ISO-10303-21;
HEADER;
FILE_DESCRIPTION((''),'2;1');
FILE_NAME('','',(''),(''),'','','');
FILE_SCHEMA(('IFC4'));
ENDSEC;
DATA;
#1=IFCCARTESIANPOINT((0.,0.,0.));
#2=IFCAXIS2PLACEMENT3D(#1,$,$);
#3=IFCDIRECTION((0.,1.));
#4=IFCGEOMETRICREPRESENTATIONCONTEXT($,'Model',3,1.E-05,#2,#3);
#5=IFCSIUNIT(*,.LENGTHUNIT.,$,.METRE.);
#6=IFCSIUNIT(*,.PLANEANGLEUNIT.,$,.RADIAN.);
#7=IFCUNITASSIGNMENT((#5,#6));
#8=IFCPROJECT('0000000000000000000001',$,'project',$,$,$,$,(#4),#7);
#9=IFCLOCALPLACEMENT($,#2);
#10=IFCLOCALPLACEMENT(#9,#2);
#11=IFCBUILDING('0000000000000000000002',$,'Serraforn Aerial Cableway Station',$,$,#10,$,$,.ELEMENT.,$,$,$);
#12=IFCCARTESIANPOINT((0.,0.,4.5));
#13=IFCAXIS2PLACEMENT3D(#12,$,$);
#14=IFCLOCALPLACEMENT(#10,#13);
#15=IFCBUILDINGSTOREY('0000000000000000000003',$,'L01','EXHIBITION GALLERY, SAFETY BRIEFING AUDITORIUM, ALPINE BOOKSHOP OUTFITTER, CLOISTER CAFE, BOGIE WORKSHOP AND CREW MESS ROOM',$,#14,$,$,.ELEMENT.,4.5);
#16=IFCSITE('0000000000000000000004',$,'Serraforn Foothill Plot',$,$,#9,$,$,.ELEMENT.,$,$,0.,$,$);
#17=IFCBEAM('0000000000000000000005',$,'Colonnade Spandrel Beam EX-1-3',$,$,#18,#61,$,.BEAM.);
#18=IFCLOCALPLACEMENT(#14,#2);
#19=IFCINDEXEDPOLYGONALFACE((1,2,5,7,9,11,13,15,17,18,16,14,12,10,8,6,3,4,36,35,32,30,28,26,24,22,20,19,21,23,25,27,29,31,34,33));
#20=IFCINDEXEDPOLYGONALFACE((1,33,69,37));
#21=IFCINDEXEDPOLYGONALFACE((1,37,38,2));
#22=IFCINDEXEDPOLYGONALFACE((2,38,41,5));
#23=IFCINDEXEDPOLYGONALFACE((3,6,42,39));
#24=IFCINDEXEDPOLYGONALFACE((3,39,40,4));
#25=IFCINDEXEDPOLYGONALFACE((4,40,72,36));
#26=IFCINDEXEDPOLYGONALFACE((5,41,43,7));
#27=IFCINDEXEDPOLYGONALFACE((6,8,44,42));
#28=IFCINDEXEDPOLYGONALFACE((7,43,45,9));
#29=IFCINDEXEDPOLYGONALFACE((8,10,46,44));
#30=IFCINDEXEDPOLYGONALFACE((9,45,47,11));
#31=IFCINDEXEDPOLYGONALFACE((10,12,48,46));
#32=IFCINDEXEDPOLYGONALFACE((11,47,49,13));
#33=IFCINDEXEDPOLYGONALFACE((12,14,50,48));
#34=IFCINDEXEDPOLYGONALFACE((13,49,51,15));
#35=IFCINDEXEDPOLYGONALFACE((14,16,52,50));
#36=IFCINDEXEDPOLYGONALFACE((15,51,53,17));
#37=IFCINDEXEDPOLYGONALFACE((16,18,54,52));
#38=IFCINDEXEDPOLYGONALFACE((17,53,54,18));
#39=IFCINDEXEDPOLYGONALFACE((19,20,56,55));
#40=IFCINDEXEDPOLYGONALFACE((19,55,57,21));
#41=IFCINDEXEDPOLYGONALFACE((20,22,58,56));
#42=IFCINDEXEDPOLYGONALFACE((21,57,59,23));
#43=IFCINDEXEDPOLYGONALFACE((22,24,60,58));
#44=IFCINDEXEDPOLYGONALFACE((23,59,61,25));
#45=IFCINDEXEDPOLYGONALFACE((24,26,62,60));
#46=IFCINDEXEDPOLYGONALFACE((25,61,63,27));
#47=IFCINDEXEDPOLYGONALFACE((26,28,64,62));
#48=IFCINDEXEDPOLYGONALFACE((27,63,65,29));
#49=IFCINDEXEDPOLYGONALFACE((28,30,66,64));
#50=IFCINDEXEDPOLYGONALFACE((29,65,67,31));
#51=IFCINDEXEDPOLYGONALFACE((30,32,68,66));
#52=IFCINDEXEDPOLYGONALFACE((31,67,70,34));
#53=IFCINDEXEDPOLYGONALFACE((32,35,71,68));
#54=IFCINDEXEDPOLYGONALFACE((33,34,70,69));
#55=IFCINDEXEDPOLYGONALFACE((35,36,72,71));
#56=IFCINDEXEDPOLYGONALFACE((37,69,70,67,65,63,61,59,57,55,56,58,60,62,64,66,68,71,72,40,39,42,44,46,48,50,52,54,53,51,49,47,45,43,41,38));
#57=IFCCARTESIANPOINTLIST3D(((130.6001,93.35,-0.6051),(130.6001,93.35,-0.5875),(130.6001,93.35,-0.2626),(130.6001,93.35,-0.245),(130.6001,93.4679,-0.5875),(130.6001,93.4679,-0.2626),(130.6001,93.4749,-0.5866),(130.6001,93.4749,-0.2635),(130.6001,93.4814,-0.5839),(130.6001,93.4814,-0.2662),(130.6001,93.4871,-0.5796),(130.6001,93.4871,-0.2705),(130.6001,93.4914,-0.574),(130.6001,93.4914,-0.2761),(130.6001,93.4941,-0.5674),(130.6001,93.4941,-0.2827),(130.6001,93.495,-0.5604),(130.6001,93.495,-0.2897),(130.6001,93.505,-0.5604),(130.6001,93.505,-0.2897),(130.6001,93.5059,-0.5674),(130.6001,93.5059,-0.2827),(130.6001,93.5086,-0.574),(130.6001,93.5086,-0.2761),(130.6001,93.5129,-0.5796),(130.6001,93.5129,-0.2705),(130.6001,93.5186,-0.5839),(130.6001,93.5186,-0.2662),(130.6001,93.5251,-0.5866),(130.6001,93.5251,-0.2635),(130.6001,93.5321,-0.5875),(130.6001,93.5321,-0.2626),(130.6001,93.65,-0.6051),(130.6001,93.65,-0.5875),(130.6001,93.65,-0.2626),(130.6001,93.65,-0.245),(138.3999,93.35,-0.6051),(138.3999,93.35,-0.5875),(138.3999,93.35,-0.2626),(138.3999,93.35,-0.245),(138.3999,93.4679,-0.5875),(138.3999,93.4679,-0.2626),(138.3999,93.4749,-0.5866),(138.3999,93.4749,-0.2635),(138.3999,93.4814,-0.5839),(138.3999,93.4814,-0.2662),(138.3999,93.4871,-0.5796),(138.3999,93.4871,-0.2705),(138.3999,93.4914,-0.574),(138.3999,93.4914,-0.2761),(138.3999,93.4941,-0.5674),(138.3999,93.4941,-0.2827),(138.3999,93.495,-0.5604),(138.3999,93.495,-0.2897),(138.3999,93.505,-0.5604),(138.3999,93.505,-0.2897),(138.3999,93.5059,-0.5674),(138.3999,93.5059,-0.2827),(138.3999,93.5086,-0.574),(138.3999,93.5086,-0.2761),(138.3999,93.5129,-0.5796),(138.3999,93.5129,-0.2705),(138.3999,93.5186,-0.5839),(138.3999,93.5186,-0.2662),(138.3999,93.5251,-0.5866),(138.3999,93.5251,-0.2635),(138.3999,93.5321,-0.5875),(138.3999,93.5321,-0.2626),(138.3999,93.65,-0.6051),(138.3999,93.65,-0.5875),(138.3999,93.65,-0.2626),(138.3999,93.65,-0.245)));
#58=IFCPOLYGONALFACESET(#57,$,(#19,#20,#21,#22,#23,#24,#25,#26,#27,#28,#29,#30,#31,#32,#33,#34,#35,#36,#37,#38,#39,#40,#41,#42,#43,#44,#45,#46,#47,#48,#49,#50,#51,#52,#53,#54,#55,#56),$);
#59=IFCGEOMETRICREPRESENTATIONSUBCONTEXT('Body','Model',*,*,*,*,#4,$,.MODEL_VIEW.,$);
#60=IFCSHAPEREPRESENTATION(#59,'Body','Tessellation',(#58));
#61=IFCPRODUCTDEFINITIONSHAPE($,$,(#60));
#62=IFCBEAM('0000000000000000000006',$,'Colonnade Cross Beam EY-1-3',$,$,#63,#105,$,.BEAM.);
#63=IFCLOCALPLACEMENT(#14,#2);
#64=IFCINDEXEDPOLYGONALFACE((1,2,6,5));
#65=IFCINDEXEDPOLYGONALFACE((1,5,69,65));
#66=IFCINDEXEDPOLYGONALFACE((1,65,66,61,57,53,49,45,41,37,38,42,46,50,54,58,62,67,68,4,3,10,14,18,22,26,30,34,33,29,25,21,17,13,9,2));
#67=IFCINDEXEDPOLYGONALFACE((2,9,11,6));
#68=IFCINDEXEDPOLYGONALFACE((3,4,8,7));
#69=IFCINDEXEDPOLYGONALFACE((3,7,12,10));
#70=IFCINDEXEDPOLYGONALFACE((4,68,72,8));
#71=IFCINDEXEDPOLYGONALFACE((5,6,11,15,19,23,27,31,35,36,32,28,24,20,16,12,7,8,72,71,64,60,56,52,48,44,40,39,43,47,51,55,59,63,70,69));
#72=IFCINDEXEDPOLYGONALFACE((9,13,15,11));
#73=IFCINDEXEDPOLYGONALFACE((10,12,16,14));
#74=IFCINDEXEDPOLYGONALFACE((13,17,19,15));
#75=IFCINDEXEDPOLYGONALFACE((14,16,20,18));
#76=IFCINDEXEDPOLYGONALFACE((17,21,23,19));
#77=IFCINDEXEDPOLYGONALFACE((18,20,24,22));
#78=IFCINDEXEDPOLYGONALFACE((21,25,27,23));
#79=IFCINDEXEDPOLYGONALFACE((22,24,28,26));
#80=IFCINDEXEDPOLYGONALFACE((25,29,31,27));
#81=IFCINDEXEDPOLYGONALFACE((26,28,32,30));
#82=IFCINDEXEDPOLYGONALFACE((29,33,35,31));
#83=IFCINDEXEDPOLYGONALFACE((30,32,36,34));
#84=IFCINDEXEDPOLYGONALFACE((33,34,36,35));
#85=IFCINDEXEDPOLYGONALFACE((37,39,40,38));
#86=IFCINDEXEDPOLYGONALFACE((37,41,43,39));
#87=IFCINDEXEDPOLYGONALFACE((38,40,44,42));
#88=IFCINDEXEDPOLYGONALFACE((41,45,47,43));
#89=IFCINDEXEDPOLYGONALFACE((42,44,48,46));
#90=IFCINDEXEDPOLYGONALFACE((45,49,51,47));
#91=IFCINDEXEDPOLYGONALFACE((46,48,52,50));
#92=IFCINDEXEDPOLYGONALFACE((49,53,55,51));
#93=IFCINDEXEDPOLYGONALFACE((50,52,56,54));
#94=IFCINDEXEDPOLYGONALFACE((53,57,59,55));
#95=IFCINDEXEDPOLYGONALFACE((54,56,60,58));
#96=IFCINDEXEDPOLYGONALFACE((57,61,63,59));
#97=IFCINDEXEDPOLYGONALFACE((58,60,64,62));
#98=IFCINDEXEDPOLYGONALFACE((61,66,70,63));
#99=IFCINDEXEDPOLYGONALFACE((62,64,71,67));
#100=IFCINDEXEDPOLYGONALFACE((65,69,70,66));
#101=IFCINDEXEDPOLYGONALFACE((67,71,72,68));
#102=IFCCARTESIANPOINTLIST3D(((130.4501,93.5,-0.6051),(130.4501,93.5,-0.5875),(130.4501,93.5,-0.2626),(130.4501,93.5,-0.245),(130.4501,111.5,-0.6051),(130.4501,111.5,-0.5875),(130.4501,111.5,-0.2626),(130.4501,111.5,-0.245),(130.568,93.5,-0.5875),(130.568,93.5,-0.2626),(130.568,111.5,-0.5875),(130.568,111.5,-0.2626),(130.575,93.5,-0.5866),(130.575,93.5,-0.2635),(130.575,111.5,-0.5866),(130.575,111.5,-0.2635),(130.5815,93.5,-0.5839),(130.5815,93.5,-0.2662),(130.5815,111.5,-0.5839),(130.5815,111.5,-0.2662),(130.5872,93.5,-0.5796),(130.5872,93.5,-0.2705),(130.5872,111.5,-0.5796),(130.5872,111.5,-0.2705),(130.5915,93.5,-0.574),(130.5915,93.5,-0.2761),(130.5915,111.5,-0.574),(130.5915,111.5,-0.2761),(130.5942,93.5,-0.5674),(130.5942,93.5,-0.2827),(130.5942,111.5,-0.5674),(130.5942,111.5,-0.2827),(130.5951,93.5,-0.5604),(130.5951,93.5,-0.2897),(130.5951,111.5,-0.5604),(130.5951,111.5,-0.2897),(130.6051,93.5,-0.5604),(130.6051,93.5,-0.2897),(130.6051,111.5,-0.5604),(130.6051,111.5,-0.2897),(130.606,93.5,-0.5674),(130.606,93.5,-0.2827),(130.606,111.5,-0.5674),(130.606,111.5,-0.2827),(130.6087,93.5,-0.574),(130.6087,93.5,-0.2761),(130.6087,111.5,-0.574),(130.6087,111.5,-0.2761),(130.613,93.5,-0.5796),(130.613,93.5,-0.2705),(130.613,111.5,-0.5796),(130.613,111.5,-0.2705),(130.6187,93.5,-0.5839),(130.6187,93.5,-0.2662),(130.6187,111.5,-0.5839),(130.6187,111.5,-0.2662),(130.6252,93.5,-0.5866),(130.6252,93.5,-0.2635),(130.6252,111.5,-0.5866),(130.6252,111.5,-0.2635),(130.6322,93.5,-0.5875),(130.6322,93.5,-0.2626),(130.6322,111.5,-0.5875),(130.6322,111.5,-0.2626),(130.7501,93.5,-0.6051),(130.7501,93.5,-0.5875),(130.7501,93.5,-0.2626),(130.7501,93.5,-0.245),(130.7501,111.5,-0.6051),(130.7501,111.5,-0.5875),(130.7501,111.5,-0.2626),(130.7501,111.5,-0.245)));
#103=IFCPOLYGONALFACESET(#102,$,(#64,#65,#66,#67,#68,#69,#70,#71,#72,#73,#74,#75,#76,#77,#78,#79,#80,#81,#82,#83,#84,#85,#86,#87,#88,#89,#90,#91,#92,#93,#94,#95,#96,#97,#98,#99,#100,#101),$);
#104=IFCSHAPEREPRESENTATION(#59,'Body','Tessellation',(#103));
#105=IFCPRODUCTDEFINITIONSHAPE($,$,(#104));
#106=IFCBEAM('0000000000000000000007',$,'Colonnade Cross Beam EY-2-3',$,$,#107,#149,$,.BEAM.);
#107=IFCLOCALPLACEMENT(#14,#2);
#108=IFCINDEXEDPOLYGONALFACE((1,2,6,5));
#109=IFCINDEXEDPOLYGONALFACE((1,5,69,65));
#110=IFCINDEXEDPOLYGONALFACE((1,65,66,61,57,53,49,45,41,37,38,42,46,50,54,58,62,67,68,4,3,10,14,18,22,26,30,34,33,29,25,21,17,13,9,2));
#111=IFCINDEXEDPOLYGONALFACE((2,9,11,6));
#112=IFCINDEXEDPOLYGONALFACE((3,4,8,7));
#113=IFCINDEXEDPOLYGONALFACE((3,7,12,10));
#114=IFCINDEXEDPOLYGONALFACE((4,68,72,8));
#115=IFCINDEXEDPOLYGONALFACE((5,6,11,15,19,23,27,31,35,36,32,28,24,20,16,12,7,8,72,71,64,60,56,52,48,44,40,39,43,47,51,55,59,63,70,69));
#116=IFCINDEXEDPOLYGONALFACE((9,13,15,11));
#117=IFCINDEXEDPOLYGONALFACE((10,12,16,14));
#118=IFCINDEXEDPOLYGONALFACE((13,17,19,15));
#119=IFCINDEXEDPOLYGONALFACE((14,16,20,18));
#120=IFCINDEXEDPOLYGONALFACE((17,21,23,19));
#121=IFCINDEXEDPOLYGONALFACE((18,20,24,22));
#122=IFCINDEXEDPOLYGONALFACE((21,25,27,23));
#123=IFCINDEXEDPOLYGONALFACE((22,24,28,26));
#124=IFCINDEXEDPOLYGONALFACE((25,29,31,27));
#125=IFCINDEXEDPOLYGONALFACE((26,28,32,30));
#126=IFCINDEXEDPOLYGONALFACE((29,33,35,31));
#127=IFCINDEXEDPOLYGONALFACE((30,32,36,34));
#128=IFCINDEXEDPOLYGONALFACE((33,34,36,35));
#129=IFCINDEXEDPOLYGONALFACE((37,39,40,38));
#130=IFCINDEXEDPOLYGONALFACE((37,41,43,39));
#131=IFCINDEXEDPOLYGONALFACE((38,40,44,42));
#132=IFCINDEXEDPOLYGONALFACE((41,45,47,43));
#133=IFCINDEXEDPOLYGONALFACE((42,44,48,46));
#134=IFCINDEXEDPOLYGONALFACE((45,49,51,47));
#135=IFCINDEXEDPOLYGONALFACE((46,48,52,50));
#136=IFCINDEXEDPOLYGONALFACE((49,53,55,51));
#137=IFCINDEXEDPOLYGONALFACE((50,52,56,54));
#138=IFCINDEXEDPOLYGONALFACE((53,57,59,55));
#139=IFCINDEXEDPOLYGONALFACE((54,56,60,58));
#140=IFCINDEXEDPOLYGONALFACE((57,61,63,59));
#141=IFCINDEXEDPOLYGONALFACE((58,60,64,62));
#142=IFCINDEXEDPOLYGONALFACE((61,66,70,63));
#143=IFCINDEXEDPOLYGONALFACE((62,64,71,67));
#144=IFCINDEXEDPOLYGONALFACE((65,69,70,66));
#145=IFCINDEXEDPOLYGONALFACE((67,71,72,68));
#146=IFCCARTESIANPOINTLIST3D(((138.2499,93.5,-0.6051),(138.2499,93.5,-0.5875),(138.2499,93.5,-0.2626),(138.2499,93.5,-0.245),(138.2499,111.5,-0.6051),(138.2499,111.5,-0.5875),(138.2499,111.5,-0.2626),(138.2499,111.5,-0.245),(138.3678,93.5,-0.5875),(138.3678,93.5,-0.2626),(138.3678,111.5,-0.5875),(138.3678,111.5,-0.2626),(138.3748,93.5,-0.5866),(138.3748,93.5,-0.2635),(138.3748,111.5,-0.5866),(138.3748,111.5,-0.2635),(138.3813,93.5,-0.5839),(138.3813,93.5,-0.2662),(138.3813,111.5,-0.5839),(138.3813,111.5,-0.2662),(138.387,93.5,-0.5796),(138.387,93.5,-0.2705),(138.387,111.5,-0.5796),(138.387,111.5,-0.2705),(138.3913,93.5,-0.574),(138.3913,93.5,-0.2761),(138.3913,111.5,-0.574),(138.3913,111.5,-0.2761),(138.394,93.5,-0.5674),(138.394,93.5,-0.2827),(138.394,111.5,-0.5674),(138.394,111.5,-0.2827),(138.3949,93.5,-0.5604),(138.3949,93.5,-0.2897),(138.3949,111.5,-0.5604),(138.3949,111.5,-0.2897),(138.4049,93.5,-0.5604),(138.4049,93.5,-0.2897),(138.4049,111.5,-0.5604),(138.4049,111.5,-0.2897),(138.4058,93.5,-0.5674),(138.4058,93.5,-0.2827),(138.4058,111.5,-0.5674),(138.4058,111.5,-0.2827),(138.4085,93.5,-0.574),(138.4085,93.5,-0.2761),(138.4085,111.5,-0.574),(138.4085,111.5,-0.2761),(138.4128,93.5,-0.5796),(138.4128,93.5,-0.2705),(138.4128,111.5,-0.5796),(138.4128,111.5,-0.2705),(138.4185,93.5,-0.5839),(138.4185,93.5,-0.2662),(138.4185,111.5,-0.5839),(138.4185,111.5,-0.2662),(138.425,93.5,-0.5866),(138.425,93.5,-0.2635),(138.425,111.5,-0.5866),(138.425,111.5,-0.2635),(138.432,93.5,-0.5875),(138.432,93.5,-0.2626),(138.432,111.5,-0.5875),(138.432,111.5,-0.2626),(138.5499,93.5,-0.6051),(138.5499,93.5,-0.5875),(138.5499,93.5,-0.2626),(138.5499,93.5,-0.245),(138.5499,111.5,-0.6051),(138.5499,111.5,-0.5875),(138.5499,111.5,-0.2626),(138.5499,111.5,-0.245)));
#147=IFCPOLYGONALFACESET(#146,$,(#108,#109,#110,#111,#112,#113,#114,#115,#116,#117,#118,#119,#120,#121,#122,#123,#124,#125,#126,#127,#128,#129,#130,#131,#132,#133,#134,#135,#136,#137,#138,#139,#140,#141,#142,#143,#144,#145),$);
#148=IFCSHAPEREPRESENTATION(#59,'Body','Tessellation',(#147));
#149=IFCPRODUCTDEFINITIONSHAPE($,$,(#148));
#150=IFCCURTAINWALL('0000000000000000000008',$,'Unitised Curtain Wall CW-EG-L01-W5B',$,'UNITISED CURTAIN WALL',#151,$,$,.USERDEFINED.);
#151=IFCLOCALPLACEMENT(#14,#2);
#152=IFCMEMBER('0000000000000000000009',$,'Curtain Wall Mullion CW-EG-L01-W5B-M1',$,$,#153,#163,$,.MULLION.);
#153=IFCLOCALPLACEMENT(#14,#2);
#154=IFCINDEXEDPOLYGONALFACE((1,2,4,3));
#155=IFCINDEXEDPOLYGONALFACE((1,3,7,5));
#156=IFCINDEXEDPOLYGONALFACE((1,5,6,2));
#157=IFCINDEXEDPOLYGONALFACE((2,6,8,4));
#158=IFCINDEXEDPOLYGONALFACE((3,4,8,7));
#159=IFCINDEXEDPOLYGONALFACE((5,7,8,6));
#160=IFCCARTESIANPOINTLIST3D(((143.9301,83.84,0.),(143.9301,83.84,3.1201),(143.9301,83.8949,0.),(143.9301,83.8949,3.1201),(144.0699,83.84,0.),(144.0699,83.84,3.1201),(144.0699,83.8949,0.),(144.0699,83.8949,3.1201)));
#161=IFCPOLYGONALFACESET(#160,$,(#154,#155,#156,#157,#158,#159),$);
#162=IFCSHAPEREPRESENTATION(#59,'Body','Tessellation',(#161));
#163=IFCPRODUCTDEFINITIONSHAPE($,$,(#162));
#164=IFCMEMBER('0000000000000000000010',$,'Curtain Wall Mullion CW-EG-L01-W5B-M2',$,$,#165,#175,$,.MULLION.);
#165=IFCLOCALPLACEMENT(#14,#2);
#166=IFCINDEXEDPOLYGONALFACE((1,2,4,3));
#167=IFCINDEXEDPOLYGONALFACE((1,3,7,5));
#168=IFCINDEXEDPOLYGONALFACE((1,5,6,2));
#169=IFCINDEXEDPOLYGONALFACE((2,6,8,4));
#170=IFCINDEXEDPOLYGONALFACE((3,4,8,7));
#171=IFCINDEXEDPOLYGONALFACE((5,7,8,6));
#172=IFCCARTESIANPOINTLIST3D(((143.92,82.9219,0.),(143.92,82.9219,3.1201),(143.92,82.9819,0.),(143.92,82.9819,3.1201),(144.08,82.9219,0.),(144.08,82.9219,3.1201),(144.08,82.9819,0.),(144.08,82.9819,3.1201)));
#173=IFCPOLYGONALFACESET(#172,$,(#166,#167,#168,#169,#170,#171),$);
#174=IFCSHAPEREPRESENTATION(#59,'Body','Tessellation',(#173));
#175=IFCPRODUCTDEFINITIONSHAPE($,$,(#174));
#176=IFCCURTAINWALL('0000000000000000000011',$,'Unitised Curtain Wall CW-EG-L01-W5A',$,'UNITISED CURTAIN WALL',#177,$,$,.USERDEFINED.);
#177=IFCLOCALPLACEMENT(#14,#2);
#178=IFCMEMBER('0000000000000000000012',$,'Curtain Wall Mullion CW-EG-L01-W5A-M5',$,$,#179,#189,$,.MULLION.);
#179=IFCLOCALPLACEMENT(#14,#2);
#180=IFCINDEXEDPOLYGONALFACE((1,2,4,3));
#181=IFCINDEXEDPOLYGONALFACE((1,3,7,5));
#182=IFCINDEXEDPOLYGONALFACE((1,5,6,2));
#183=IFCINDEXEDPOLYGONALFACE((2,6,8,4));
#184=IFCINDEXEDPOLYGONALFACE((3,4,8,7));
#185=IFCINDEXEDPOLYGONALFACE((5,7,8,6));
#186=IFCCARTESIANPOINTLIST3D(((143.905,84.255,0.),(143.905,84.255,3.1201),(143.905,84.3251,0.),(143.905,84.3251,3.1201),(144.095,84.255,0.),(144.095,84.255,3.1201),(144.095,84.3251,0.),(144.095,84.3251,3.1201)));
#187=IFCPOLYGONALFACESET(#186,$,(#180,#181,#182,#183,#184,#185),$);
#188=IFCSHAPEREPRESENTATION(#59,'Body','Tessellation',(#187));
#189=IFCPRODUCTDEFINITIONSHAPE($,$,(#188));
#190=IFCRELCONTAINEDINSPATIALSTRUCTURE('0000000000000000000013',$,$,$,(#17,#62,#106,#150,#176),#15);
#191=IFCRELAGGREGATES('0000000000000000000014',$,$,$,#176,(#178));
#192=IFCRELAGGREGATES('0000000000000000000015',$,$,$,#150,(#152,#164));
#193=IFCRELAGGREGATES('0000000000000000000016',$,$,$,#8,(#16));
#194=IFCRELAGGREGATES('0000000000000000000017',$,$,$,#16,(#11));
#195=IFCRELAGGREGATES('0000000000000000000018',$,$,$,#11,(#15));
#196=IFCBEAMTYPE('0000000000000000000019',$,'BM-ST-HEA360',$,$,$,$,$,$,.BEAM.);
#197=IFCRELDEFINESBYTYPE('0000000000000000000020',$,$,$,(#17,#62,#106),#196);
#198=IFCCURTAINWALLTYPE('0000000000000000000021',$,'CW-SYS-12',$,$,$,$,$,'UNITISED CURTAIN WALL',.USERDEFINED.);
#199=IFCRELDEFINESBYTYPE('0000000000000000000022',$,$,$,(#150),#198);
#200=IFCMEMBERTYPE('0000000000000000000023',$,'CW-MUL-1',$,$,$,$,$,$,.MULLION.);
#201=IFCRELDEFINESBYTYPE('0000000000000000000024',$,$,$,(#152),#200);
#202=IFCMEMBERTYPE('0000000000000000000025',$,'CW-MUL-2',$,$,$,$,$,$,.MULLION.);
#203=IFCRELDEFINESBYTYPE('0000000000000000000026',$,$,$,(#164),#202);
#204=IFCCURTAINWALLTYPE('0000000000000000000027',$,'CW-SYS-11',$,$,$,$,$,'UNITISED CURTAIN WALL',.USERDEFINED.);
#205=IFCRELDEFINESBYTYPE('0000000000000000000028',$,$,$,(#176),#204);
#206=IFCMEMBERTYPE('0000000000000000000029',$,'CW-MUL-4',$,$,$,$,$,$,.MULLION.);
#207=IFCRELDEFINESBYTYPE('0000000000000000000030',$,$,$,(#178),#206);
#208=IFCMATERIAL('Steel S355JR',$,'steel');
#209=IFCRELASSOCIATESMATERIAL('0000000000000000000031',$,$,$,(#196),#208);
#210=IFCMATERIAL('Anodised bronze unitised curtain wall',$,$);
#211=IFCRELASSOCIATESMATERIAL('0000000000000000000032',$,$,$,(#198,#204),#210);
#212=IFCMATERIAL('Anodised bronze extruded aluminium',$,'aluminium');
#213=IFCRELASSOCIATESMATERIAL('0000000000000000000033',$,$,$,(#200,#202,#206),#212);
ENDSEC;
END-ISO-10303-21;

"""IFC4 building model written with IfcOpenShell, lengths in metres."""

from ifc_helpers import new_model, si_unit, direction, frame, origin, origin_2d, place, context, subcontext, project, spatial, rectangle, i_section, extrude, material, material_profile, profile_set, type_object, element, aggregate, save


model = new_model("IFC4")

# Units and contexts
model_context = context("Model", 3, precision=1e-05, world=origin(), true_north=direction((0.0, 1.0)))
body_context = subcontext(model_context, "Body", "Model", "MODEL_VIEW")
ifc_project = project(units=[si_unit("LENGTHUNIT", "METRE"), si_unit("PLANEANGLEUNIT", "RADIAN")], contexts=[model_context])

# Site, building, storey
site_placement = place(None, origin())
site = spatial("IfcSite", under=ifc_project, at=site_placement, Name="Serraforn Foothill Plot", CompositionType="ELEMENT", RefElevation=0.0)
building_placement = place(site_placement, origin())
building = spatial("IfcBuilding", under=site, at=building_placement, Name="Serraforn Aerial Cableway Station", CompositionType="ELEMENT")
storey_placement = place(building_placement, frame((0.0, 0.0, 4.5)))
storey = spatial("IfcBuildingStorey", under=building, at=storey_placement, Name="L01", Description="EXHIBITION GALLERY, SAFETY BRIEFING AUDITORIUM, ALPINE BOOKSHOP OUTFITTER, CLOISTER CAFE, BOGIE WORKSHOP AND CREW MESS ROOM", CompositionType="ELEMENT", Elevation=4.5)

# Beams
ifc_material_1 = material(Name="Steel S355JR", Category="steel")
ifc_material_profile_1 = material_profile(ifc_material_1, i_section(OverallWidth=0.3, OverallDepth=0.3601, WebThickness=0.01, FlangeThickness=0.0176, FilletRadius=0.0271, at=origin_2d()), Name="HEA 360")
ifc_profile_set_1 = profile_set([ifc_material_profile_1], Name="Steel S355JR")
beam_type = type_object("IfcBeamType", Name="BM-ST-HEA360", PredefinedType="BEAM", material=ifc_profile_set_1)
beam_placement = place(storey_placement, frame((130.6001, 93.5, -0.425), z_axis=(1.0, 0.0, 0.0), x_axis=(0.0, 1.0, 0.0)))
element("IfcBeam", 1, at=beam_placement, inside=storey, type_object=beam_type, Name="Colonnade Spandrel Beam EX-1-3", PredefinedType="BEAM", context=body_context, shape_type="SweptSolid", body=[
    extrude(i_section(OverallWidth=0.3, OverallDepth=0.3601, WebThickness=0.01, FlangeThickness=0.0176, FilletRadius=0.0271, at=origin_2d()), origin(), (0.0, 0.0, 1.0), 7.7998),
])
for number, where, z_axis, x_axis, name in (
    (2, (130.6001, 93.5, -0.425), (0.0, 1.0, 0.0), (-1.0, 0.0, 0.0), "Colonnade Cross Beam EY-1-3"),
    (3, (138.3999, 93.5, -0.425), (0.0, 1.0, 0.0), (-1.0, 0.0, 0.0), "Colonnade Cross Beam EY-2-3"),
):
    element("IfcBeam", number, at=place(storey_placement, frame(where, z_axis=z_axis, x_axis=x_axis)), inside=storey, type_object=beam_type, Name=name, PredefinedType="BEAM", context=body_context, shape_type="SweptSolid", body=[
        extrude(i_section(OverallWidth=0.3, OverallDepth=0.3601, WebThickness=0.01, FlangeThickness=0.0176, FilletRadius=0.0271, at=origin_2d()), origin(), (0.0, 0.0, 1.0), 18.0),
    ])

# Curtain walls, members
ifc_material_2 = material(Name="Anodised bronze unitised curtain wall")
curtain_wall_type_1 = type_object("IfcCurtainWallType", Name="CW-SYS-12", ElementType="UNITISED CURTAIN WALL", PredefinedType="USERDEFINED", material=ifc_material_2)
curtain_wall_1_placement = place(storey_placement, origin())
curtain_wall_1 = element("IfcCurtainWall", 4, at=curtain_wall_1_placement, inside=storey, type_object=curtain_wall_type_1, Name="Unitised Curtain Wall CW-EG-L01-W5B", ObjectType="UNITISED CURTAIN WALL", PredefinedType="USERDEFINED")
ifc_material_3 = material(Name="Anodised bronze extruded aluminium", Category="aluminium")
ifc_material_profile_2 = material_profile(ifc_material_3, rectangle(XDim=0.0549, YDim=0.1399, at=origin_2d()), Name="CW MULLION 55x140")
ifc_profile_set_2 = profile_set([ifc_material_profile_2], Name="Anodised bronze extruded aluminium")
member_type_1 = type_object("IfcMemberType", Name="CW-MUL-1", PredefinedType="MULLION", material=ifc_profile_set_2)
member_1_placement = place(storey_placement, frame((144.0, 83.8674, 0.0), z_axis=(0.0, 0.0, 1.0), x_axis=(0.0, -1.0, 0.0)))
member_1 = element("IfcMember", 5, at=member_1_placement, type_object=member_type_1, Name="Curtain Wall Mullion CW-EG-L01-W5B-M1", PredefinedType="MULLION", context=body_context, shape_type="SweptSolid", body=[
    extrude(rectangle(XDim=0.0549, YDim=0.1399, at=origin_2d()), origin(), (0.0, 0.0, 1.0), 3.1201),
])
ifc_material_profile_3 = material_profile(ifc_material_3, rectangle(XDim=0.0601, YDim=0.1599, at=origin_2d()), Name="CW MULLION 60x160")
ifc_profile_set_3 = profile_set([ifc_material_profile_3], Name="Anodised bronze extruded aluminium")
member_type_2 = type_object("IfcMemberType", Name="CW-MUL-2", PredefinedType="MULLION", material=ifc_profile_set_3)
member_2_placement = place(storey_placement, frame((144.0, 82.9519, 0.0), z_axis=(0.0, 0.0, 1.0), x_axis=(0.0, -1.0, 0.0)))
member_2 = element("IfcMember", 6, at=member_2_placement, type_object=member_type_2, Name="Curtain Wall Mullion CW-EG-L01-W5B-M2", PredefinedType="MULLION", context=body_context, shape_type="SweptSolid", body=[
    extrude(rectangle(XDim=0.0601, YDim=0.1599, at=origin_2d()), origin(), (0.0, 0.0, 1.0), 3.1201),
])
curtain_wall_type_2 = type_object("IfcCurtainWallType", Name="CW-SYS-11", ElementType="UNITISED CURTAIN WALL", PredefinedType="USERDEFINED", material=ifc_material_2)
curtain_wall_2_placement = place(storey_placement, origin())
curtain_wall_2 = element("IfcCurtainWall", 7, at=curtain_wall_2_placement, inside=storey, type_object=curtain_wall_type_2, Name="Unitised Curtain Wall CW-EG-L01-W5A", ObjectType="UNITISED CURTAIN WALL", PredefinedType="USERDEFINED")
ifc_material_profile_4 = material_profile(ifc_material_3, rectangle(XDim=0.0701, YDim=0.1899, at=origin_2d()), Name="CW MULLION 70x190")
ifc_profile_set_4 = profile_set([ifc_material_profile_4], Name="Anodised bronze extruded aluminium")
member_type_3 = type_object("IfcMemberType", Name="CW-MUL-4", PredefinedType="MULLION", material=ifc_profile_set_4)
member_3_placement = place(storey_placement, frame((144.0, 84.29, 0.0), z_axis=(0.0, 0.0, 1.0), x_axis=(0.0, -1.0, 0.0)))
member_3 = element("IfcMember", 8, at=member_3_placement, type_object=member_type_3, Name="Curtain Wall Mullion CW-EG-L01-W5A-M5", PredefinedType="MULLION", context=body_context, shape_type="SweptSolid", body=[
    extrude(rectangle(XDim=0.0701, YDim=0.1899, at=origin_2d()), origin(), (0.0, 0.0, 1.0), 3.1201),
])

aggregate(curtain_wall_2, [member_3])
aggregate(curtain_wall_1, [member_1, member_2])

save(model, "model.ifc")
